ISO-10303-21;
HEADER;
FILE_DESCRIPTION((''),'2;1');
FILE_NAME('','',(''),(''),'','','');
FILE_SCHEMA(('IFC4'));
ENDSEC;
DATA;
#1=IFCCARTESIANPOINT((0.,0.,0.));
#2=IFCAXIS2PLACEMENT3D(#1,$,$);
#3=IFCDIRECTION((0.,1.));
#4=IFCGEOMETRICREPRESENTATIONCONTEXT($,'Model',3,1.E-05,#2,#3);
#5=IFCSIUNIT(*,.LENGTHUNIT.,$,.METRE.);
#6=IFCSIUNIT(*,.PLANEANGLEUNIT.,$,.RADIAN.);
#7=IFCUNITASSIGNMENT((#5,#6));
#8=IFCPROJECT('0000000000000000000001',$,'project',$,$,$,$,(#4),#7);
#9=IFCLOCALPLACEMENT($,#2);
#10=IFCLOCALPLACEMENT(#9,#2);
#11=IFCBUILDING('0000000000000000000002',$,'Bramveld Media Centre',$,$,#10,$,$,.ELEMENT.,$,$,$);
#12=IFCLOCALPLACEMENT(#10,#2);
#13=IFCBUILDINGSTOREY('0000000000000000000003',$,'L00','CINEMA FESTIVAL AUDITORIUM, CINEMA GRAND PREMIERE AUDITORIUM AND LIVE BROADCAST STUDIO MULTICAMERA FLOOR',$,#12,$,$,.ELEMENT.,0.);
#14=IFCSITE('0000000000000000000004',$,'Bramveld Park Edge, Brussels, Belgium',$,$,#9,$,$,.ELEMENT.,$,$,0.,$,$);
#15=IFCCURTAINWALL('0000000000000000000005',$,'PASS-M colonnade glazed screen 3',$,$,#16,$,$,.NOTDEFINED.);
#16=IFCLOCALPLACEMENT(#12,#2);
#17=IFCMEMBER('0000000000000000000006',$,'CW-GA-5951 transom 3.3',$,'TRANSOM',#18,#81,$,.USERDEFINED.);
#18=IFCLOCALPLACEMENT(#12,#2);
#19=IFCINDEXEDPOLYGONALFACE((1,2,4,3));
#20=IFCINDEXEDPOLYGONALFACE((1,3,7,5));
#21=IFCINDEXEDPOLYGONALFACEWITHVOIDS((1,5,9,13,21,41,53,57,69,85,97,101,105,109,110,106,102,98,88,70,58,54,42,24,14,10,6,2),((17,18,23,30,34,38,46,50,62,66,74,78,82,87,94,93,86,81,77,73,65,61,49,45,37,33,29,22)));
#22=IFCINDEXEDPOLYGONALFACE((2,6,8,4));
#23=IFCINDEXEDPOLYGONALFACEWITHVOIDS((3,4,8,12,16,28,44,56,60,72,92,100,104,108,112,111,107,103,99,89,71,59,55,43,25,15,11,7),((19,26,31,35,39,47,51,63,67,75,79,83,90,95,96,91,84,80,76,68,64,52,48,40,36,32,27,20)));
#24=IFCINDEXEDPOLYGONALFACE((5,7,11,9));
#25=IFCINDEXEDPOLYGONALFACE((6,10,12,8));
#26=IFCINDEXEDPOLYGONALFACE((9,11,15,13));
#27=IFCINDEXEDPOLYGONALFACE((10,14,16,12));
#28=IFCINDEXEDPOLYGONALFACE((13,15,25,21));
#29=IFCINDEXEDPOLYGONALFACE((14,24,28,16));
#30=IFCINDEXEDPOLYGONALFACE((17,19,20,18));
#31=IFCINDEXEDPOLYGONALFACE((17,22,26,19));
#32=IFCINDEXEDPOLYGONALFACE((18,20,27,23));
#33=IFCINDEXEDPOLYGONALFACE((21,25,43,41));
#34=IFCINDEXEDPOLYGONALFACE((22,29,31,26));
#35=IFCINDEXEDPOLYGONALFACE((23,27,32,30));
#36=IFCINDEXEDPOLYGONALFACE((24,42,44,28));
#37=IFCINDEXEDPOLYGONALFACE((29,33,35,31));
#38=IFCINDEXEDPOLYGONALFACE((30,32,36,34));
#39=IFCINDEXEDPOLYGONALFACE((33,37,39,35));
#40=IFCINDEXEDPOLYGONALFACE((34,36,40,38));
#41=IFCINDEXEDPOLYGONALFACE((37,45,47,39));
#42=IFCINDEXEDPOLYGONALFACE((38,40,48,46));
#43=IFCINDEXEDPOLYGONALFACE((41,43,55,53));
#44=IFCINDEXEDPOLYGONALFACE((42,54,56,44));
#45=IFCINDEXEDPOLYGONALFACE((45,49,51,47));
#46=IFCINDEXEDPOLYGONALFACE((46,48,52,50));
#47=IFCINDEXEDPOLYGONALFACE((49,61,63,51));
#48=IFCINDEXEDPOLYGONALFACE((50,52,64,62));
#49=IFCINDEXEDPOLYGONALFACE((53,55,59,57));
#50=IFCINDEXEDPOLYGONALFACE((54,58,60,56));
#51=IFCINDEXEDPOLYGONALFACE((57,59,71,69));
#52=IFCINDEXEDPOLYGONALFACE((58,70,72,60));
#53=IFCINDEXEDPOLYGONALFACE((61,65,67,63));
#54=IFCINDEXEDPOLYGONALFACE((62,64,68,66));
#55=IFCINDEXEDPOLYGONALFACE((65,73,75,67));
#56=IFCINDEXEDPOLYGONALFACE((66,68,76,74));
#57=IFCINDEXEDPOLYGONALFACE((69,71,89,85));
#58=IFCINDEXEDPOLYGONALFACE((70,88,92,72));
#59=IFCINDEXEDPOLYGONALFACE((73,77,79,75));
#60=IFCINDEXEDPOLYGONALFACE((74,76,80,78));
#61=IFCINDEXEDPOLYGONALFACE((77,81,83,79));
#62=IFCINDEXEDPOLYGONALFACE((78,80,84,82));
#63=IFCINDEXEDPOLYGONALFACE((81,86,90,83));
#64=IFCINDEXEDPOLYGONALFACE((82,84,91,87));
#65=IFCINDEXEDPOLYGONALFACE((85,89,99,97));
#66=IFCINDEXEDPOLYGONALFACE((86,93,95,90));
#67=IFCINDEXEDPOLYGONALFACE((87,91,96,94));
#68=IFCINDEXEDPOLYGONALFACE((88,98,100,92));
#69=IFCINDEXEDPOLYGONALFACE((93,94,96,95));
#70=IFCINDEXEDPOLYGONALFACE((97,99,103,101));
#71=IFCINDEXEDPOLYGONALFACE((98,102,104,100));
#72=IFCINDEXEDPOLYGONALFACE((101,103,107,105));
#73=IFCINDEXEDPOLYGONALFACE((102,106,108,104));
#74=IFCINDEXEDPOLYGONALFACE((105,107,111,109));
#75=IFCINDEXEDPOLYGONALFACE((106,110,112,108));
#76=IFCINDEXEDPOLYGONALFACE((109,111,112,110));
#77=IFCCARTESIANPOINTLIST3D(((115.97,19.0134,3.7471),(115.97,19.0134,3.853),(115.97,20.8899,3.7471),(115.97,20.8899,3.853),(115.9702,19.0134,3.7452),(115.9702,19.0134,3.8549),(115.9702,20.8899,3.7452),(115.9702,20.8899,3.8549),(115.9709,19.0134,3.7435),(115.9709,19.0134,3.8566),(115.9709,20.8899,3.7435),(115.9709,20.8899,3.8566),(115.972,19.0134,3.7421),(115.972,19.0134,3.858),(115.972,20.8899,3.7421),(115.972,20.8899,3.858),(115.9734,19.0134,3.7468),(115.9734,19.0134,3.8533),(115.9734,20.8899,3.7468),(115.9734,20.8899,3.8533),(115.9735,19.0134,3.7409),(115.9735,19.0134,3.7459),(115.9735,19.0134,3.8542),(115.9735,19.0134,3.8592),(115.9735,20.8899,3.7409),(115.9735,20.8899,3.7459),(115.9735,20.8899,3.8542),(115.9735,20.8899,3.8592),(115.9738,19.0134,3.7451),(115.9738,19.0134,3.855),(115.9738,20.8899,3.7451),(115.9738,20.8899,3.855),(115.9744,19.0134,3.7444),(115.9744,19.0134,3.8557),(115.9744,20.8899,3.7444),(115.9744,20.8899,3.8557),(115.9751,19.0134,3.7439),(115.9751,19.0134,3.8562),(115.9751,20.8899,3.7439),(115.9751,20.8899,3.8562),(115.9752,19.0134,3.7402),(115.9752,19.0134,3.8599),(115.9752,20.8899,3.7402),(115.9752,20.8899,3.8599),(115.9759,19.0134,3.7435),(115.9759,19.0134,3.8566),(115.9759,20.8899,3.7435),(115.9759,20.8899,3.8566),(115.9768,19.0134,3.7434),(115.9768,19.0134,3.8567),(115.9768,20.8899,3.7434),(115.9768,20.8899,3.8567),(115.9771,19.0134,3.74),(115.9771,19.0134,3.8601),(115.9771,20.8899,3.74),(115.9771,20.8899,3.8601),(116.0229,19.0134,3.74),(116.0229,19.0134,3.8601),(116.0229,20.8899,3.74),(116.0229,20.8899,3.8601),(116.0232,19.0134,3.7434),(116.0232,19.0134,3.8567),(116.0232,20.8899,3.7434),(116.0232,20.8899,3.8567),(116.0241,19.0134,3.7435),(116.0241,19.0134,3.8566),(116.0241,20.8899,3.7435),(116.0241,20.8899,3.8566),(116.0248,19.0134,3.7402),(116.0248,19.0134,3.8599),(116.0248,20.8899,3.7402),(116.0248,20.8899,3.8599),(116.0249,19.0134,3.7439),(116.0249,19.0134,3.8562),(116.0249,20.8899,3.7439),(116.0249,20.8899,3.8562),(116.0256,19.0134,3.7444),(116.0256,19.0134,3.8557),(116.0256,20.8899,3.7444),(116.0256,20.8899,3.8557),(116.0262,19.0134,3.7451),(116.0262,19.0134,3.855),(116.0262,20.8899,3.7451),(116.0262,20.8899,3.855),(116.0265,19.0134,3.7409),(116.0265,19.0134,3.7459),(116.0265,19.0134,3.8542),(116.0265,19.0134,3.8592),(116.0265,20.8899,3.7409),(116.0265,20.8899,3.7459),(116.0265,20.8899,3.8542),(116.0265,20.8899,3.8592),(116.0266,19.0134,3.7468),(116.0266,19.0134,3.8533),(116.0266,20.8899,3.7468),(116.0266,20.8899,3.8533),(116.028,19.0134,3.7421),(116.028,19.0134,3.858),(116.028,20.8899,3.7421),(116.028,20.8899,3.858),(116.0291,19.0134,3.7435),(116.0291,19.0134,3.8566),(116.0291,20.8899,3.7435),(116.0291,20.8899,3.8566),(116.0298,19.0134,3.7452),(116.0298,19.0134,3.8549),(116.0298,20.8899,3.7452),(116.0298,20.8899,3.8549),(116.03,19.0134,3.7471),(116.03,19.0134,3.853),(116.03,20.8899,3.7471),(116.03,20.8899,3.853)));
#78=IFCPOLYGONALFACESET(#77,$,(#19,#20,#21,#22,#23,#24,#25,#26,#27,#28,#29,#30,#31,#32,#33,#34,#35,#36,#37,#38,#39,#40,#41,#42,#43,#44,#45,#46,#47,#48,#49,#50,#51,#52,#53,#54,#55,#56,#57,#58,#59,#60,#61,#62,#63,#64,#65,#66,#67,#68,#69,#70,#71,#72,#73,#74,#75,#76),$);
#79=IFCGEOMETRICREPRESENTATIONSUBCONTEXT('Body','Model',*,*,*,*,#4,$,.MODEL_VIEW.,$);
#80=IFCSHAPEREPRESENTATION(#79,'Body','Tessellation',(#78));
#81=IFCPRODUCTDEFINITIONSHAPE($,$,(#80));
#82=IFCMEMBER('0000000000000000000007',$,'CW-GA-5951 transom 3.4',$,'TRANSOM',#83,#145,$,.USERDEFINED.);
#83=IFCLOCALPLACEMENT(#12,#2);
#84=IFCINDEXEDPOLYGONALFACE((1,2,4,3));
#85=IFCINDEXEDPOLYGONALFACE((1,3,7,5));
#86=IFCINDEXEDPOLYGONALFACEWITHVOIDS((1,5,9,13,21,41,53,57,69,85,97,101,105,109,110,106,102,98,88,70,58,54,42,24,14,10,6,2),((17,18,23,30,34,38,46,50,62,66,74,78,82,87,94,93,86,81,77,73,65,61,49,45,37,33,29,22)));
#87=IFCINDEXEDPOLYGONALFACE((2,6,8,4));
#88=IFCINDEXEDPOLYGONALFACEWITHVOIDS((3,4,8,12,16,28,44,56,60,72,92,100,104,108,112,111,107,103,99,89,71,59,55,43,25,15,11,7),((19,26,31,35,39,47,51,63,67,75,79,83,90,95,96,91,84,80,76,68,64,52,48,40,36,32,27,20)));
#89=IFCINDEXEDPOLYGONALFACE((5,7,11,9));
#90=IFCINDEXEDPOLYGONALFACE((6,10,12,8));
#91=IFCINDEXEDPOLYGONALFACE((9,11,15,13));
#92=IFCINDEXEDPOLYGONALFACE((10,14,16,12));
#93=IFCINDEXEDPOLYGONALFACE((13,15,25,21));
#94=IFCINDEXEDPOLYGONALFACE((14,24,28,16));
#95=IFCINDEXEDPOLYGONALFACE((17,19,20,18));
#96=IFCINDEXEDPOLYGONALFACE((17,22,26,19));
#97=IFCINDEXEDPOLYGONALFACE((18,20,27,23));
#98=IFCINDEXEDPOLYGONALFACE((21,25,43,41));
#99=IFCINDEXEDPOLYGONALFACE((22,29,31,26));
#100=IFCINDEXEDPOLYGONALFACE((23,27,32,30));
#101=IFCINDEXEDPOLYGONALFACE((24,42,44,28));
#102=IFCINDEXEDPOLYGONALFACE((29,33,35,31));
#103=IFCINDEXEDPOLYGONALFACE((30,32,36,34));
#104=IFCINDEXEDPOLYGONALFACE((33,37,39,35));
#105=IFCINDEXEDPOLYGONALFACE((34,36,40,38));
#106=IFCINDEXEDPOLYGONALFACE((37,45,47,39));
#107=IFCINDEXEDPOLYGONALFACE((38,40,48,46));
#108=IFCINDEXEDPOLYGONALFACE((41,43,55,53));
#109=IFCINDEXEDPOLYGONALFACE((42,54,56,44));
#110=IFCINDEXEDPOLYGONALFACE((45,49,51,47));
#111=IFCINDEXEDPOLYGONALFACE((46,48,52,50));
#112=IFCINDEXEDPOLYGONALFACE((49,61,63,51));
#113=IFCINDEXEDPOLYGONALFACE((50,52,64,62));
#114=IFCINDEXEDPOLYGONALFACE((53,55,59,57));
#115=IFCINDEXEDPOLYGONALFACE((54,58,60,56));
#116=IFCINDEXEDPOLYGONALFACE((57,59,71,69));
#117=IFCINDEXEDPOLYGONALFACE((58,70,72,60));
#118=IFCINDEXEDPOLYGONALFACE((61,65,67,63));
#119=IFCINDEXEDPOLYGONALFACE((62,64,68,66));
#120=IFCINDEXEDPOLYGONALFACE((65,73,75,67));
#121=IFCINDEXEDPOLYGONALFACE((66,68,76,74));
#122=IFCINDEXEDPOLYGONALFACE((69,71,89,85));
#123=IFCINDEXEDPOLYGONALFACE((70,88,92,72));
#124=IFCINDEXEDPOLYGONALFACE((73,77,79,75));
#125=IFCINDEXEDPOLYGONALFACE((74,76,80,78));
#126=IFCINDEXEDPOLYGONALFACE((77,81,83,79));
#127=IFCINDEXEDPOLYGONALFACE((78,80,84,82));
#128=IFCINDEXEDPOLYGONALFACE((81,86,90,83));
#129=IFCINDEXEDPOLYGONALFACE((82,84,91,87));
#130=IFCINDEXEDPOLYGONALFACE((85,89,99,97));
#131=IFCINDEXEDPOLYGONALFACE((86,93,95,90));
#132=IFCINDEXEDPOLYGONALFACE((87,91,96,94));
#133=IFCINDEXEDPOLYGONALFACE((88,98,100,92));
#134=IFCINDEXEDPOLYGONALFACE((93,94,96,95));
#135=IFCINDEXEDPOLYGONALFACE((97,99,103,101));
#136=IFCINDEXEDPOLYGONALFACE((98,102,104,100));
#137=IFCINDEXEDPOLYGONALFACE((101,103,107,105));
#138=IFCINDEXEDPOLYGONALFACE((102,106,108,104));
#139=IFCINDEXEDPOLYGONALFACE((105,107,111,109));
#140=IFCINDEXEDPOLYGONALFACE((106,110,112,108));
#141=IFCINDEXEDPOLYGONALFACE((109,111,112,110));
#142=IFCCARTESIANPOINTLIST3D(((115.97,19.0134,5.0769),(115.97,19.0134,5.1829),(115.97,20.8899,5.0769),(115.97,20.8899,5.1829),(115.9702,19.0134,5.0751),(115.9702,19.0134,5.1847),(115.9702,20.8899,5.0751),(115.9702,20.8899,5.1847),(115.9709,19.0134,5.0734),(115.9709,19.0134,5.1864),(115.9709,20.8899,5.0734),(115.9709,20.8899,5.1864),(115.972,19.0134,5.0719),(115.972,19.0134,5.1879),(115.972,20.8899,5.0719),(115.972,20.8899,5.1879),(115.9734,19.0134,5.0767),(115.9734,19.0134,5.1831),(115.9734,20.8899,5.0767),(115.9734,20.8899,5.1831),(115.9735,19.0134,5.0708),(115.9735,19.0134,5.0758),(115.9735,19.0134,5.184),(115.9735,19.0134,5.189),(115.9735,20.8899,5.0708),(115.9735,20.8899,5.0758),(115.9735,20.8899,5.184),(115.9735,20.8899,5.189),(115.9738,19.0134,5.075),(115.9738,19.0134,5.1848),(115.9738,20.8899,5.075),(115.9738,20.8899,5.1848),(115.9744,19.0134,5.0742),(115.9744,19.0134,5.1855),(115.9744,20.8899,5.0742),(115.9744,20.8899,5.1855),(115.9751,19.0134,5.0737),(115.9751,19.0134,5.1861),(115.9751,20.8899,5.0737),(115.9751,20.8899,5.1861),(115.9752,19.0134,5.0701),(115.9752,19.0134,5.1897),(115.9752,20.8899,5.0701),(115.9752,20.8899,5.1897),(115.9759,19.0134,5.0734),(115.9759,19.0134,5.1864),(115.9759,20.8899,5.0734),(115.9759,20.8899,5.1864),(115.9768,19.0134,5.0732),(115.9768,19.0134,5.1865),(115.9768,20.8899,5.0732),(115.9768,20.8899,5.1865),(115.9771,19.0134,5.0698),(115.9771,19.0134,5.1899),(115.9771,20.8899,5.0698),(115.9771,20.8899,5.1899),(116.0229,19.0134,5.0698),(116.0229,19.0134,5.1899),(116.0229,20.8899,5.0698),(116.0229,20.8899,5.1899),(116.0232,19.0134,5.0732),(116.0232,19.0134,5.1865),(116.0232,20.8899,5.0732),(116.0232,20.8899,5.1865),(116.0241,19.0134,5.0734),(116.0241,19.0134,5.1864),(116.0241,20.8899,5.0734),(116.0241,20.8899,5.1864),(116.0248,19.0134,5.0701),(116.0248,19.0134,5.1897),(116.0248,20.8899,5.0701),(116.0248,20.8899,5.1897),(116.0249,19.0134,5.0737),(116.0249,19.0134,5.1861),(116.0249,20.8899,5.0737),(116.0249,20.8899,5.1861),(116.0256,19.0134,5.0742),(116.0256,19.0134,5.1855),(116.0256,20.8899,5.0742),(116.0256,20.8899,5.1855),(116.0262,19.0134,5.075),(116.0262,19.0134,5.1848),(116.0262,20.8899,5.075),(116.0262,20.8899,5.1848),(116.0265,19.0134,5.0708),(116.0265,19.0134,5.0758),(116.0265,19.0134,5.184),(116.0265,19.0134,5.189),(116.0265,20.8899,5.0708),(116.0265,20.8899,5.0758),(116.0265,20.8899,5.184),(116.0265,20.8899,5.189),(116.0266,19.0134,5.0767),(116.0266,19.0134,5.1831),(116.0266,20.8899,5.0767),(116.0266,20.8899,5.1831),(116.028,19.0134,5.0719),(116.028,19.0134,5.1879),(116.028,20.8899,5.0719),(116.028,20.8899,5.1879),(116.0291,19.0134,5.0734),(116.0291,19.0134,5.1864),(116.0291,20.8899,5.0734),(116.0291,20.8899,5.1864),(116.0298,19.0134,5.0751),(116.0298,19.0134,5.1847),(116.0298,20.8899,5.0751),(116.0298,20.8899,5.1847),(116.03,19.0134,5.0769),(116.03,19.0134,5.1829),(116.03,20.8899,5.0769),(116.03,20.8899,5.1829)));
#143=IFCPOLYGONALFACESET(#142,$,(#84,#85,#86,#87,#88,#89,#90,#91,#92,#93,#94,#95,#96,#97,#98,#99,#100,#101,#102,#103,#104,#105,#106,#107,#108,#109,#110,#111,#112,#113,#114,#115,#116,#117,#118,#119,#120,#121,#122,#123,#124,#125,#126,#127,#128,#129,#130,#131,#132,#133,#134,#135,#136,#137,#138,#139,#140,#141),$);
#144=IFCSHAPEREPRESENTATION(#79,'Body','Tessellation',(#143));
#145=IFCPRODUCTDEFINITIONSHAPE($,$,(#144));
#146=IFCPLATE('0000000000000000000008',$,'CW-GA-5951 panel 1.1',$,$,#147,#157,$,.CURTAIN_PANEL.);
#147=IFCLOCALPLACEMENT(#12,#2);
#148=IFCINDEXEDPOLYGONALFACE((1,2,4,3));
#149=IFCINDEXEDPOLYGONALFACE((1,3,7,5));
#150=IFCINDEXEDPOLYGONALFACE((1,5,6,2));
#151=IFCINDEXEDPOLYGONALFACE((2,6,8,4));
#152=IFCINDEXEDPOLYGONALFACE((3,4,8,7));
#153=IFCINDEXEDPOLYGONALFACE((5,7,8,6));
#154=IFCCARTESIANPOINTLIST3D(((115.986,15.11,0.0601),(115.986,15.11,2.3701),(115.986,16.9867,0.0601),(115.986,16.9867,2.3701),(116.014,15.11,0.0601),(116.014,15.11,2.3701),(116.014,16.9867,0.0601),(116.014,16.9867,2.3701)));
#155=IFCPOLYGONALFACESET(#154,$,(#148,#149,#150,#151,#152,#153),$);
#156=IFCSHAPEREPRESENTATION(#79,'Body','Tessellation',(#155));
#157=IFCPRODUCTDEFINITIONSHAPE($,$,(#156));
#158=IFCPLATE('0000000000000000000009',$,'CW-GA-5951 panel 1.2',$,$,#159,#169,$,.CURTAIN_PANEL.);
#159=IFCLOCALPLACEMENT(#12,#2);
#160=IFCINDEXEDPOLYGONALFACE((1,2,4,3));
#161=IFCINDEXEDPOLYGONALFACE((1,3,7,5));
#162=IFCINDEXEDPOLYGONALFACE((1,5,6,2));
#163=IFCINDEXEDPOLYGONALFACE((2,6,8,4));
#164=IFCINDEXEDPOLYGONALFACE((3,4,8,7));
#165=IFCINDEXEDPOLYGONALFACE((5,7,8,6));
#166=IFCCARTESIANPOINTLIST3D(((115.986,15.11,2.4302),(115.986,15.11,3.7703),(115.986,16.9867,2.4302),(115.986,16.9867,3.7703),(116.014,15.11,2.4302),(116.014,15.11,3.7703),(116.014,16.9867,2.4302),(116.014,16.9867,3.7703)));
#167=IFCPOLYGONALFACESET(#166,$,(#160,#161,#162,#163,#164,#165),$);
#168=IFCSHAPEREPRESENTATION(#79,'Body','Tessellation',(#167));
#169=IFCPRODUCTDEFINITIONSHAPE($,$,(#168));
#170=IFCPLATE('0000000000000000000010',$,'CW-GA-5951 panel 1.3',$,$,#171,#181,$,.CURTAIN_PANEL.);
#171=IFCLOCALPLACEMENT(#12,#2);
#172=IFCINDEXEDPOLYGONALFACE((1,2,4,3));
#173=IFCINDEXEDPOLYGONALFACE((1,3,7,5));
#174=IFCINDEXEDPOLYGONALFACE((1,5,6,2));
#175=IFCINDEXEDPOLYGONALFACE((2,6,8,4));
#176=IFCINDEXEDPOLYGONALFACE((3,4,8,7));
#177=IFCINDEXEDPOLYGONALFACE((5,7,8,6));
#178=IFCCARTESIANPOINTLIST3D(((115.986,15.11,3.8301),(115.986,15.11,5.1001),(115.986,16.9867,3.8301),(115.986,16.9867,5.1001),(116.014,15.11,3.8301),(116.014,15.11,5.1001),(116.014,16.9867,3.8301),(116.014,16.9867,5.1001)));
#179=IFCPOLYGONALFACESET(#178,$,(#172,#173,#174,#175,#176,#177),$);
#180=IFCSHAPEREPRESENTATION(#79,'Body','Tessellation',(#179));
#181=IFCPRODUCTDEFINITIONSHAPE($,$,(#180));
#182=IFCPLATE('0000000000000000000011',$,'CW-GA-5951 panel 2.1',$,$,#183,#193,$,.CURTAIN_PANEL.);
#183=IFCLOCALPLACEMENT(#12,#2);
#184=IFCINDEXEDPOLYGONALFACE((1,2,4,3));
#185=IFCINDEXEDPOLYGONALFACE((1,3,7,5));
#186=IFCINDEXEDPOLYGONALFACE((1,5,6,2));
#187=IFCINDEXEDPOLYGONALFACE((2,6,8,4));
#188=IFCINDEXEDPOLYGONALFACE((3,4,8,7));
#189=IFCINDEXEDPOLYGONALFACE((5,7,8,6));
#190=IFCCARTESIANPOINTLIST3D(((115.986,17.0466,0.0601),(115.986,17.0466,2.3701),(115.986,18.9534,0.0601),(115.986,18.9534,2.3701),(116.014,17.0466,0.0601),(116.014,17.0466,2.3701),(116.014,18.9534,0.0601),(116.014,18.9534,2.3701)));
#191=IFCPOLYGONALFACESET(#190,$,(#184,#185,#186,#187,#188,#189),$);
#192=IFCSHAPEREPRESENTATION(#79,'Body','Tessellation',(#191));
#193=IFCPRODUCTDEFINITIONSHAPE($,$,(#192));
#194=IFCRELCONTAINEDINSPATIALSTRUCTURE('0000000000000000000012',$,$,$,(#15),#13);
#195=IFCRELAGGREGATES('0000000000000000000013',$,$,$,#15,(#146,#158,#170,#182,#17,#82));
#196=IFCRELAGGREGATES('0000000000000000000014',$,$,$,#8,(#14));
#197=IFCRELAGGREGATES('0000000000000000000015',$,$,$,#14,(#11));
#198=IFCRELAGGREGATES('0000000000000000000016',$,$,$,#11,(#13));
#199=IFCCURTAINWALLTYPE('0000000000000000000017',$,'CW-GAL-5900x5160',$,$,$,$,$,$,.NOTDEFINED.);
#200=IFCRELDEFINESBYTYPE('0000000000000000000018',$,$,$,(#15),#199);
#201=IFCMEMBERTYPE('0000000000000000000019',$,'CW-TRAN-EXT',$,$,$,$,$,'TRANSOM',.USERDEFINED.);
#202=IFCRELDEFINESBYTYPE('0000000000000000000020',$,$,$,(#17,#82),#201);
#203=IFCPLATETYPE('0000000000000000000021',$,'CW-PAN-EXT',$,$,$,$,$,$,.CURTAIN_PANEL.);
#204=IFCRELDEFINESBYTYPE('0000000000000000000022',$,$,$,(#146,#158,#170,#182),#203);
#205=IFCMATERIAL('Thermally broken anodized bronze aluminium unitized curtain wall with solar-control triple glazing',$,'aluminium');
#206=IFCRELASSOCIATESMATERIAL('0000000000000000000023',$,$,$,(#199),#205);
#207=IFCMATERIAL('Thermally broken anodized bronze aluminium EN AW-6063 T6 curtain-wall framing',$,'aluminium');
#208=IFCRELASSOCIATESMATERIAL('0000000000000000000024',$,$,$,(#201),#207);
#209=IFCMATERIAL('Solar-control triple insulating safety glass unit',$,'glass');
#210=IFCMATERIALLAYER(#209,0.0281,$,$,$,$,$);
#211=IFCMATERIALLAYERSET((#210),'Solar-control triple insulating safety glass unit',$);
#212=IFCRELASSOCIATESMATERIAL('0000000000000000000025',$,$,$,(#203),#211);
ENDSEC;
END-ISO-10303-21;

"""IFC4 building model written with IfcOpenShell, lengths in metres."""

from ifc_helpers import new_model, si_unit, direction, frame, origin, origin_2d, place, context, subcontext, project, spatial, rectangle, hollow_rectangle, extrude, material, layer, layer_set, material_profile, profile_set, type_object, element, aggregate, save


model = new_model("IFC4")

# Units and contexts
model_context = context("Model", 3, precision=1e-05, world=origin(), true_north=direction((0.0, 1.0)))
body_context = subcontext(model_context, "Body", "Model", "MODEL_VIEW")
ifc_project = project(units=[si_unit("LENGTHUNIT", "METRE"), si_unit("PLANEANGLEUNIT", "RADIAN")], contexts=[model_context])

# Site, building, storey
site_placement = place(None, origin())
site = spatial("IfcSite", under=ifc_project, at=site_placement, Name="Bramveld Park Edge, Brussels, Belgium", CompositionType="ELEMENT", RefElevation=0.0)
building_placement = place(site_placement, origin())
building = spatial("IfcBuilding", under=site, at=building_placement, Name="Bramveld Media Centre", CompositionType="ELEMENT")
storey_placement = place(building_placement, origin())
storey = spatial("IfcBuildingStorey", under=building, at=storey_placement, Name="L00", Description="CINEMA FESTIVAL AUDITORIUM, CINEMA GRAND PREMIERE AUDITORIUM AND LIVE BROADCAST STUDIO MULTICAMERA FLOOR", CompositionType="ELEMENT", Elevation=0.0)

# Curtain wall
ifc_material_1 = material(Name="Thermally broken anodized bronze aluminium unitized curtain wall with solar-control triple glazing", Category="aluminium")
curtain_wall_type = type_object("IfcCurtainWallType", Name="CW-GAL-5900x5160", PredefinedType="NOTDEFINED", material=ifc_material_1)
curtain_wall_1_placement = place(storey_placement, origin())
curtain_wall_1 = element("IfcCurtainWall", 1, at=curtain_wall_1_placement, inside=storey, type_object=curtain_wall_type, Name="PASS-M colonnade glazed screen 3", PredefinedType="NOTDEFINED")

# Members
ifc_material_2 = material(Name="Thermally broken anodized bronze aluminium EN AW-6063 T6 curtain-wall framing", Category="aluminium")
ifc_material_profile_1 = material_profile(ifc_material_2, hollow_rectangle(XDim=0.0601, YDim=0.1201, WallThickness=0.0034, InnerFilletRadius=0.0034, OuterFilletRadius=0.0071, at=origin_2d()), Name="AL-TRAN 60x120")
ifc_profile_set_1 = profile_set([ifc_material_profile_1], Name="Thermally broken anodized bronze aluminium EN AW-6063 T6 curtain-wall framing")
member_type_1 = type_object("IfcMemberType", Name="CW-TRAN-EXT", ElementType="TRANSOM", PredefinedType="USERDEFINED", material=ifc_profile_set_1)
member_1_placement = place(storey_placement, frame((116.0, 19.0134, 3.8), z_axis=(0.0, 1.0, 0.0), x_axis=(-1.0, 0.0, 0.0)))
member_1 = element("IfcMember", 2, at=member_1_placement, type_object=member_type_1, Name="CW-GA-5951 transom 3.3", ObjectType="TRANSOM", PredefinedType="USERDEFINED", context=body_context, shape_type="SweptSolid", body=[
    extrude(hollow_rectangle(XDim=0.0601, YDim=0.1201, WallThickness=0.0034, InnerFilletRadius=0.0034, OuterFilletRadius=0.0071, at=origin_2d()), origin(), (0.0, 0.0, 1.0), 1.8765),
])
member_2_placement = place(storey_placement, frame((116.0, 19.0134, 5.1299), z_axis=(0.0, 1.0, 0.0), x_axis=(-1.0, 0.0, 0.0)))
member_2 = element("IfcMember", 3, at=member_2_placement, type_object=member_type_1, Name="CW-GA-5951 transom 3.4", ObjectType="TRANSOM", PredefinedType="USERDEFINED", context=body_context, shape_type="SweptSolid", body=[
    extrude(hollow_rectangle(XDim=0.0601, YDim=0.1201, WallThickness=0.0034, InnerFilletRadius=0.0034, OuterFilletRadius=0.0071, at=origin_2d()), origin(), (0.0, 0.0, 1.0), 1.8765),
])

# Plates
ifc_material_3 = material(Name="Solar-control triple insulating safety glass unit", Category="glass")
ifc_layer = layer(ifc_material_3, 0.0281)
ifc_layer_set = layer_set([ifc_layer], Name="Solar-control triple insulating safety glass unit")
plate_type = type_object("IfcPlateType", Name="CW-PAN-EXT", PredefinedType="CURTAIN_PANEL", material=ifc_layer_set)
plate_1_placement = place(storey_placement, frame((116.0, 16.0483, 0.0601), z_axis=(0.0, 0.0, 1.0), x_axis=(0.0, 1.0, 0.0)))
plate_1 = element("IfcPlate", 4, at=plate_1_placement, type_object=plate_type, Name="CW-GA-5951 panel 1.1", PredefinedType="CURTAIN_PANEL", context=body_context, shape_type="SweptSolid", body=[
    extrude(rectangle(XDim=1.8767, YDim=0.0281, at=origin_2d()), origin(), (0.0, 0.0, 1.0), 2.3101),
])
plate_2_placement = place(storey_placement, frame((116.0, 16.0483, 2.4302), z_axis=(0.0, 0.0, 1.0), x_axis=(0.0, 1.0, 0.0)))
plate_2 = element("IfcPlate", 5, at=plate_2_placement, type_object=plate_type, Name="CW-GA-5951 panel 1.2", PredefinedType="CURTAIN_PANEL", context=body_context, shape_type="SweptSolid", body=[
    extrude(rectangle(XDim=1.8767, YDim=0.0281, at=origin_2d()), origin(), (0.0, 0.0, 1.0), 1.3401),
])
plate_3_placement = place(storey_placement, frame((116.0, 16.0483, 3.8301), z_axis=(0.0, 0.0, 1.0), x_axis=(0.0, 1.0, 0.0)))
plate_3 = element("IfcPlate", 6, at=plate_3_placement, type_object=plate_type, Name="CW-GA-5951 panel 1.3", PredefinedType="CURTAIN_PANEL", context=body_context, shape_type="SweptSolid", body=[
    extrude(rectangle(XDim=1.8767, YDim=0.0281, at=origin_2d()), origin(), (0.0, 0.0, 1.0), 1.27),
])
plate_4_placement = place(storey_placement, frame((116.0, 18.0, 0.0601), z_axis=(0.0, 0.0, 1.0), x_axis=(0.0, 1.0, 0.0)))
plate_4 = element("IfcPlate", 7, at=plate_4_placement, type_object=plate_type, Name="CW-GA-5951 panel 2.1", PredefinedType="CURTAIN_PANEL", context=body_context, shape_type="SweptSolid", body=[
    extrude(rectangle(XDim=1.9067, YDim=0.0281, at=origin_2d()), origin(), (0.0, 0.0, 1.0), 2.3101),
])
aggregate(curtain_wall_1, [plate_1, plate_2, plate_3, plate_4, member_1, member_2])

save(model, "model.ifc")
